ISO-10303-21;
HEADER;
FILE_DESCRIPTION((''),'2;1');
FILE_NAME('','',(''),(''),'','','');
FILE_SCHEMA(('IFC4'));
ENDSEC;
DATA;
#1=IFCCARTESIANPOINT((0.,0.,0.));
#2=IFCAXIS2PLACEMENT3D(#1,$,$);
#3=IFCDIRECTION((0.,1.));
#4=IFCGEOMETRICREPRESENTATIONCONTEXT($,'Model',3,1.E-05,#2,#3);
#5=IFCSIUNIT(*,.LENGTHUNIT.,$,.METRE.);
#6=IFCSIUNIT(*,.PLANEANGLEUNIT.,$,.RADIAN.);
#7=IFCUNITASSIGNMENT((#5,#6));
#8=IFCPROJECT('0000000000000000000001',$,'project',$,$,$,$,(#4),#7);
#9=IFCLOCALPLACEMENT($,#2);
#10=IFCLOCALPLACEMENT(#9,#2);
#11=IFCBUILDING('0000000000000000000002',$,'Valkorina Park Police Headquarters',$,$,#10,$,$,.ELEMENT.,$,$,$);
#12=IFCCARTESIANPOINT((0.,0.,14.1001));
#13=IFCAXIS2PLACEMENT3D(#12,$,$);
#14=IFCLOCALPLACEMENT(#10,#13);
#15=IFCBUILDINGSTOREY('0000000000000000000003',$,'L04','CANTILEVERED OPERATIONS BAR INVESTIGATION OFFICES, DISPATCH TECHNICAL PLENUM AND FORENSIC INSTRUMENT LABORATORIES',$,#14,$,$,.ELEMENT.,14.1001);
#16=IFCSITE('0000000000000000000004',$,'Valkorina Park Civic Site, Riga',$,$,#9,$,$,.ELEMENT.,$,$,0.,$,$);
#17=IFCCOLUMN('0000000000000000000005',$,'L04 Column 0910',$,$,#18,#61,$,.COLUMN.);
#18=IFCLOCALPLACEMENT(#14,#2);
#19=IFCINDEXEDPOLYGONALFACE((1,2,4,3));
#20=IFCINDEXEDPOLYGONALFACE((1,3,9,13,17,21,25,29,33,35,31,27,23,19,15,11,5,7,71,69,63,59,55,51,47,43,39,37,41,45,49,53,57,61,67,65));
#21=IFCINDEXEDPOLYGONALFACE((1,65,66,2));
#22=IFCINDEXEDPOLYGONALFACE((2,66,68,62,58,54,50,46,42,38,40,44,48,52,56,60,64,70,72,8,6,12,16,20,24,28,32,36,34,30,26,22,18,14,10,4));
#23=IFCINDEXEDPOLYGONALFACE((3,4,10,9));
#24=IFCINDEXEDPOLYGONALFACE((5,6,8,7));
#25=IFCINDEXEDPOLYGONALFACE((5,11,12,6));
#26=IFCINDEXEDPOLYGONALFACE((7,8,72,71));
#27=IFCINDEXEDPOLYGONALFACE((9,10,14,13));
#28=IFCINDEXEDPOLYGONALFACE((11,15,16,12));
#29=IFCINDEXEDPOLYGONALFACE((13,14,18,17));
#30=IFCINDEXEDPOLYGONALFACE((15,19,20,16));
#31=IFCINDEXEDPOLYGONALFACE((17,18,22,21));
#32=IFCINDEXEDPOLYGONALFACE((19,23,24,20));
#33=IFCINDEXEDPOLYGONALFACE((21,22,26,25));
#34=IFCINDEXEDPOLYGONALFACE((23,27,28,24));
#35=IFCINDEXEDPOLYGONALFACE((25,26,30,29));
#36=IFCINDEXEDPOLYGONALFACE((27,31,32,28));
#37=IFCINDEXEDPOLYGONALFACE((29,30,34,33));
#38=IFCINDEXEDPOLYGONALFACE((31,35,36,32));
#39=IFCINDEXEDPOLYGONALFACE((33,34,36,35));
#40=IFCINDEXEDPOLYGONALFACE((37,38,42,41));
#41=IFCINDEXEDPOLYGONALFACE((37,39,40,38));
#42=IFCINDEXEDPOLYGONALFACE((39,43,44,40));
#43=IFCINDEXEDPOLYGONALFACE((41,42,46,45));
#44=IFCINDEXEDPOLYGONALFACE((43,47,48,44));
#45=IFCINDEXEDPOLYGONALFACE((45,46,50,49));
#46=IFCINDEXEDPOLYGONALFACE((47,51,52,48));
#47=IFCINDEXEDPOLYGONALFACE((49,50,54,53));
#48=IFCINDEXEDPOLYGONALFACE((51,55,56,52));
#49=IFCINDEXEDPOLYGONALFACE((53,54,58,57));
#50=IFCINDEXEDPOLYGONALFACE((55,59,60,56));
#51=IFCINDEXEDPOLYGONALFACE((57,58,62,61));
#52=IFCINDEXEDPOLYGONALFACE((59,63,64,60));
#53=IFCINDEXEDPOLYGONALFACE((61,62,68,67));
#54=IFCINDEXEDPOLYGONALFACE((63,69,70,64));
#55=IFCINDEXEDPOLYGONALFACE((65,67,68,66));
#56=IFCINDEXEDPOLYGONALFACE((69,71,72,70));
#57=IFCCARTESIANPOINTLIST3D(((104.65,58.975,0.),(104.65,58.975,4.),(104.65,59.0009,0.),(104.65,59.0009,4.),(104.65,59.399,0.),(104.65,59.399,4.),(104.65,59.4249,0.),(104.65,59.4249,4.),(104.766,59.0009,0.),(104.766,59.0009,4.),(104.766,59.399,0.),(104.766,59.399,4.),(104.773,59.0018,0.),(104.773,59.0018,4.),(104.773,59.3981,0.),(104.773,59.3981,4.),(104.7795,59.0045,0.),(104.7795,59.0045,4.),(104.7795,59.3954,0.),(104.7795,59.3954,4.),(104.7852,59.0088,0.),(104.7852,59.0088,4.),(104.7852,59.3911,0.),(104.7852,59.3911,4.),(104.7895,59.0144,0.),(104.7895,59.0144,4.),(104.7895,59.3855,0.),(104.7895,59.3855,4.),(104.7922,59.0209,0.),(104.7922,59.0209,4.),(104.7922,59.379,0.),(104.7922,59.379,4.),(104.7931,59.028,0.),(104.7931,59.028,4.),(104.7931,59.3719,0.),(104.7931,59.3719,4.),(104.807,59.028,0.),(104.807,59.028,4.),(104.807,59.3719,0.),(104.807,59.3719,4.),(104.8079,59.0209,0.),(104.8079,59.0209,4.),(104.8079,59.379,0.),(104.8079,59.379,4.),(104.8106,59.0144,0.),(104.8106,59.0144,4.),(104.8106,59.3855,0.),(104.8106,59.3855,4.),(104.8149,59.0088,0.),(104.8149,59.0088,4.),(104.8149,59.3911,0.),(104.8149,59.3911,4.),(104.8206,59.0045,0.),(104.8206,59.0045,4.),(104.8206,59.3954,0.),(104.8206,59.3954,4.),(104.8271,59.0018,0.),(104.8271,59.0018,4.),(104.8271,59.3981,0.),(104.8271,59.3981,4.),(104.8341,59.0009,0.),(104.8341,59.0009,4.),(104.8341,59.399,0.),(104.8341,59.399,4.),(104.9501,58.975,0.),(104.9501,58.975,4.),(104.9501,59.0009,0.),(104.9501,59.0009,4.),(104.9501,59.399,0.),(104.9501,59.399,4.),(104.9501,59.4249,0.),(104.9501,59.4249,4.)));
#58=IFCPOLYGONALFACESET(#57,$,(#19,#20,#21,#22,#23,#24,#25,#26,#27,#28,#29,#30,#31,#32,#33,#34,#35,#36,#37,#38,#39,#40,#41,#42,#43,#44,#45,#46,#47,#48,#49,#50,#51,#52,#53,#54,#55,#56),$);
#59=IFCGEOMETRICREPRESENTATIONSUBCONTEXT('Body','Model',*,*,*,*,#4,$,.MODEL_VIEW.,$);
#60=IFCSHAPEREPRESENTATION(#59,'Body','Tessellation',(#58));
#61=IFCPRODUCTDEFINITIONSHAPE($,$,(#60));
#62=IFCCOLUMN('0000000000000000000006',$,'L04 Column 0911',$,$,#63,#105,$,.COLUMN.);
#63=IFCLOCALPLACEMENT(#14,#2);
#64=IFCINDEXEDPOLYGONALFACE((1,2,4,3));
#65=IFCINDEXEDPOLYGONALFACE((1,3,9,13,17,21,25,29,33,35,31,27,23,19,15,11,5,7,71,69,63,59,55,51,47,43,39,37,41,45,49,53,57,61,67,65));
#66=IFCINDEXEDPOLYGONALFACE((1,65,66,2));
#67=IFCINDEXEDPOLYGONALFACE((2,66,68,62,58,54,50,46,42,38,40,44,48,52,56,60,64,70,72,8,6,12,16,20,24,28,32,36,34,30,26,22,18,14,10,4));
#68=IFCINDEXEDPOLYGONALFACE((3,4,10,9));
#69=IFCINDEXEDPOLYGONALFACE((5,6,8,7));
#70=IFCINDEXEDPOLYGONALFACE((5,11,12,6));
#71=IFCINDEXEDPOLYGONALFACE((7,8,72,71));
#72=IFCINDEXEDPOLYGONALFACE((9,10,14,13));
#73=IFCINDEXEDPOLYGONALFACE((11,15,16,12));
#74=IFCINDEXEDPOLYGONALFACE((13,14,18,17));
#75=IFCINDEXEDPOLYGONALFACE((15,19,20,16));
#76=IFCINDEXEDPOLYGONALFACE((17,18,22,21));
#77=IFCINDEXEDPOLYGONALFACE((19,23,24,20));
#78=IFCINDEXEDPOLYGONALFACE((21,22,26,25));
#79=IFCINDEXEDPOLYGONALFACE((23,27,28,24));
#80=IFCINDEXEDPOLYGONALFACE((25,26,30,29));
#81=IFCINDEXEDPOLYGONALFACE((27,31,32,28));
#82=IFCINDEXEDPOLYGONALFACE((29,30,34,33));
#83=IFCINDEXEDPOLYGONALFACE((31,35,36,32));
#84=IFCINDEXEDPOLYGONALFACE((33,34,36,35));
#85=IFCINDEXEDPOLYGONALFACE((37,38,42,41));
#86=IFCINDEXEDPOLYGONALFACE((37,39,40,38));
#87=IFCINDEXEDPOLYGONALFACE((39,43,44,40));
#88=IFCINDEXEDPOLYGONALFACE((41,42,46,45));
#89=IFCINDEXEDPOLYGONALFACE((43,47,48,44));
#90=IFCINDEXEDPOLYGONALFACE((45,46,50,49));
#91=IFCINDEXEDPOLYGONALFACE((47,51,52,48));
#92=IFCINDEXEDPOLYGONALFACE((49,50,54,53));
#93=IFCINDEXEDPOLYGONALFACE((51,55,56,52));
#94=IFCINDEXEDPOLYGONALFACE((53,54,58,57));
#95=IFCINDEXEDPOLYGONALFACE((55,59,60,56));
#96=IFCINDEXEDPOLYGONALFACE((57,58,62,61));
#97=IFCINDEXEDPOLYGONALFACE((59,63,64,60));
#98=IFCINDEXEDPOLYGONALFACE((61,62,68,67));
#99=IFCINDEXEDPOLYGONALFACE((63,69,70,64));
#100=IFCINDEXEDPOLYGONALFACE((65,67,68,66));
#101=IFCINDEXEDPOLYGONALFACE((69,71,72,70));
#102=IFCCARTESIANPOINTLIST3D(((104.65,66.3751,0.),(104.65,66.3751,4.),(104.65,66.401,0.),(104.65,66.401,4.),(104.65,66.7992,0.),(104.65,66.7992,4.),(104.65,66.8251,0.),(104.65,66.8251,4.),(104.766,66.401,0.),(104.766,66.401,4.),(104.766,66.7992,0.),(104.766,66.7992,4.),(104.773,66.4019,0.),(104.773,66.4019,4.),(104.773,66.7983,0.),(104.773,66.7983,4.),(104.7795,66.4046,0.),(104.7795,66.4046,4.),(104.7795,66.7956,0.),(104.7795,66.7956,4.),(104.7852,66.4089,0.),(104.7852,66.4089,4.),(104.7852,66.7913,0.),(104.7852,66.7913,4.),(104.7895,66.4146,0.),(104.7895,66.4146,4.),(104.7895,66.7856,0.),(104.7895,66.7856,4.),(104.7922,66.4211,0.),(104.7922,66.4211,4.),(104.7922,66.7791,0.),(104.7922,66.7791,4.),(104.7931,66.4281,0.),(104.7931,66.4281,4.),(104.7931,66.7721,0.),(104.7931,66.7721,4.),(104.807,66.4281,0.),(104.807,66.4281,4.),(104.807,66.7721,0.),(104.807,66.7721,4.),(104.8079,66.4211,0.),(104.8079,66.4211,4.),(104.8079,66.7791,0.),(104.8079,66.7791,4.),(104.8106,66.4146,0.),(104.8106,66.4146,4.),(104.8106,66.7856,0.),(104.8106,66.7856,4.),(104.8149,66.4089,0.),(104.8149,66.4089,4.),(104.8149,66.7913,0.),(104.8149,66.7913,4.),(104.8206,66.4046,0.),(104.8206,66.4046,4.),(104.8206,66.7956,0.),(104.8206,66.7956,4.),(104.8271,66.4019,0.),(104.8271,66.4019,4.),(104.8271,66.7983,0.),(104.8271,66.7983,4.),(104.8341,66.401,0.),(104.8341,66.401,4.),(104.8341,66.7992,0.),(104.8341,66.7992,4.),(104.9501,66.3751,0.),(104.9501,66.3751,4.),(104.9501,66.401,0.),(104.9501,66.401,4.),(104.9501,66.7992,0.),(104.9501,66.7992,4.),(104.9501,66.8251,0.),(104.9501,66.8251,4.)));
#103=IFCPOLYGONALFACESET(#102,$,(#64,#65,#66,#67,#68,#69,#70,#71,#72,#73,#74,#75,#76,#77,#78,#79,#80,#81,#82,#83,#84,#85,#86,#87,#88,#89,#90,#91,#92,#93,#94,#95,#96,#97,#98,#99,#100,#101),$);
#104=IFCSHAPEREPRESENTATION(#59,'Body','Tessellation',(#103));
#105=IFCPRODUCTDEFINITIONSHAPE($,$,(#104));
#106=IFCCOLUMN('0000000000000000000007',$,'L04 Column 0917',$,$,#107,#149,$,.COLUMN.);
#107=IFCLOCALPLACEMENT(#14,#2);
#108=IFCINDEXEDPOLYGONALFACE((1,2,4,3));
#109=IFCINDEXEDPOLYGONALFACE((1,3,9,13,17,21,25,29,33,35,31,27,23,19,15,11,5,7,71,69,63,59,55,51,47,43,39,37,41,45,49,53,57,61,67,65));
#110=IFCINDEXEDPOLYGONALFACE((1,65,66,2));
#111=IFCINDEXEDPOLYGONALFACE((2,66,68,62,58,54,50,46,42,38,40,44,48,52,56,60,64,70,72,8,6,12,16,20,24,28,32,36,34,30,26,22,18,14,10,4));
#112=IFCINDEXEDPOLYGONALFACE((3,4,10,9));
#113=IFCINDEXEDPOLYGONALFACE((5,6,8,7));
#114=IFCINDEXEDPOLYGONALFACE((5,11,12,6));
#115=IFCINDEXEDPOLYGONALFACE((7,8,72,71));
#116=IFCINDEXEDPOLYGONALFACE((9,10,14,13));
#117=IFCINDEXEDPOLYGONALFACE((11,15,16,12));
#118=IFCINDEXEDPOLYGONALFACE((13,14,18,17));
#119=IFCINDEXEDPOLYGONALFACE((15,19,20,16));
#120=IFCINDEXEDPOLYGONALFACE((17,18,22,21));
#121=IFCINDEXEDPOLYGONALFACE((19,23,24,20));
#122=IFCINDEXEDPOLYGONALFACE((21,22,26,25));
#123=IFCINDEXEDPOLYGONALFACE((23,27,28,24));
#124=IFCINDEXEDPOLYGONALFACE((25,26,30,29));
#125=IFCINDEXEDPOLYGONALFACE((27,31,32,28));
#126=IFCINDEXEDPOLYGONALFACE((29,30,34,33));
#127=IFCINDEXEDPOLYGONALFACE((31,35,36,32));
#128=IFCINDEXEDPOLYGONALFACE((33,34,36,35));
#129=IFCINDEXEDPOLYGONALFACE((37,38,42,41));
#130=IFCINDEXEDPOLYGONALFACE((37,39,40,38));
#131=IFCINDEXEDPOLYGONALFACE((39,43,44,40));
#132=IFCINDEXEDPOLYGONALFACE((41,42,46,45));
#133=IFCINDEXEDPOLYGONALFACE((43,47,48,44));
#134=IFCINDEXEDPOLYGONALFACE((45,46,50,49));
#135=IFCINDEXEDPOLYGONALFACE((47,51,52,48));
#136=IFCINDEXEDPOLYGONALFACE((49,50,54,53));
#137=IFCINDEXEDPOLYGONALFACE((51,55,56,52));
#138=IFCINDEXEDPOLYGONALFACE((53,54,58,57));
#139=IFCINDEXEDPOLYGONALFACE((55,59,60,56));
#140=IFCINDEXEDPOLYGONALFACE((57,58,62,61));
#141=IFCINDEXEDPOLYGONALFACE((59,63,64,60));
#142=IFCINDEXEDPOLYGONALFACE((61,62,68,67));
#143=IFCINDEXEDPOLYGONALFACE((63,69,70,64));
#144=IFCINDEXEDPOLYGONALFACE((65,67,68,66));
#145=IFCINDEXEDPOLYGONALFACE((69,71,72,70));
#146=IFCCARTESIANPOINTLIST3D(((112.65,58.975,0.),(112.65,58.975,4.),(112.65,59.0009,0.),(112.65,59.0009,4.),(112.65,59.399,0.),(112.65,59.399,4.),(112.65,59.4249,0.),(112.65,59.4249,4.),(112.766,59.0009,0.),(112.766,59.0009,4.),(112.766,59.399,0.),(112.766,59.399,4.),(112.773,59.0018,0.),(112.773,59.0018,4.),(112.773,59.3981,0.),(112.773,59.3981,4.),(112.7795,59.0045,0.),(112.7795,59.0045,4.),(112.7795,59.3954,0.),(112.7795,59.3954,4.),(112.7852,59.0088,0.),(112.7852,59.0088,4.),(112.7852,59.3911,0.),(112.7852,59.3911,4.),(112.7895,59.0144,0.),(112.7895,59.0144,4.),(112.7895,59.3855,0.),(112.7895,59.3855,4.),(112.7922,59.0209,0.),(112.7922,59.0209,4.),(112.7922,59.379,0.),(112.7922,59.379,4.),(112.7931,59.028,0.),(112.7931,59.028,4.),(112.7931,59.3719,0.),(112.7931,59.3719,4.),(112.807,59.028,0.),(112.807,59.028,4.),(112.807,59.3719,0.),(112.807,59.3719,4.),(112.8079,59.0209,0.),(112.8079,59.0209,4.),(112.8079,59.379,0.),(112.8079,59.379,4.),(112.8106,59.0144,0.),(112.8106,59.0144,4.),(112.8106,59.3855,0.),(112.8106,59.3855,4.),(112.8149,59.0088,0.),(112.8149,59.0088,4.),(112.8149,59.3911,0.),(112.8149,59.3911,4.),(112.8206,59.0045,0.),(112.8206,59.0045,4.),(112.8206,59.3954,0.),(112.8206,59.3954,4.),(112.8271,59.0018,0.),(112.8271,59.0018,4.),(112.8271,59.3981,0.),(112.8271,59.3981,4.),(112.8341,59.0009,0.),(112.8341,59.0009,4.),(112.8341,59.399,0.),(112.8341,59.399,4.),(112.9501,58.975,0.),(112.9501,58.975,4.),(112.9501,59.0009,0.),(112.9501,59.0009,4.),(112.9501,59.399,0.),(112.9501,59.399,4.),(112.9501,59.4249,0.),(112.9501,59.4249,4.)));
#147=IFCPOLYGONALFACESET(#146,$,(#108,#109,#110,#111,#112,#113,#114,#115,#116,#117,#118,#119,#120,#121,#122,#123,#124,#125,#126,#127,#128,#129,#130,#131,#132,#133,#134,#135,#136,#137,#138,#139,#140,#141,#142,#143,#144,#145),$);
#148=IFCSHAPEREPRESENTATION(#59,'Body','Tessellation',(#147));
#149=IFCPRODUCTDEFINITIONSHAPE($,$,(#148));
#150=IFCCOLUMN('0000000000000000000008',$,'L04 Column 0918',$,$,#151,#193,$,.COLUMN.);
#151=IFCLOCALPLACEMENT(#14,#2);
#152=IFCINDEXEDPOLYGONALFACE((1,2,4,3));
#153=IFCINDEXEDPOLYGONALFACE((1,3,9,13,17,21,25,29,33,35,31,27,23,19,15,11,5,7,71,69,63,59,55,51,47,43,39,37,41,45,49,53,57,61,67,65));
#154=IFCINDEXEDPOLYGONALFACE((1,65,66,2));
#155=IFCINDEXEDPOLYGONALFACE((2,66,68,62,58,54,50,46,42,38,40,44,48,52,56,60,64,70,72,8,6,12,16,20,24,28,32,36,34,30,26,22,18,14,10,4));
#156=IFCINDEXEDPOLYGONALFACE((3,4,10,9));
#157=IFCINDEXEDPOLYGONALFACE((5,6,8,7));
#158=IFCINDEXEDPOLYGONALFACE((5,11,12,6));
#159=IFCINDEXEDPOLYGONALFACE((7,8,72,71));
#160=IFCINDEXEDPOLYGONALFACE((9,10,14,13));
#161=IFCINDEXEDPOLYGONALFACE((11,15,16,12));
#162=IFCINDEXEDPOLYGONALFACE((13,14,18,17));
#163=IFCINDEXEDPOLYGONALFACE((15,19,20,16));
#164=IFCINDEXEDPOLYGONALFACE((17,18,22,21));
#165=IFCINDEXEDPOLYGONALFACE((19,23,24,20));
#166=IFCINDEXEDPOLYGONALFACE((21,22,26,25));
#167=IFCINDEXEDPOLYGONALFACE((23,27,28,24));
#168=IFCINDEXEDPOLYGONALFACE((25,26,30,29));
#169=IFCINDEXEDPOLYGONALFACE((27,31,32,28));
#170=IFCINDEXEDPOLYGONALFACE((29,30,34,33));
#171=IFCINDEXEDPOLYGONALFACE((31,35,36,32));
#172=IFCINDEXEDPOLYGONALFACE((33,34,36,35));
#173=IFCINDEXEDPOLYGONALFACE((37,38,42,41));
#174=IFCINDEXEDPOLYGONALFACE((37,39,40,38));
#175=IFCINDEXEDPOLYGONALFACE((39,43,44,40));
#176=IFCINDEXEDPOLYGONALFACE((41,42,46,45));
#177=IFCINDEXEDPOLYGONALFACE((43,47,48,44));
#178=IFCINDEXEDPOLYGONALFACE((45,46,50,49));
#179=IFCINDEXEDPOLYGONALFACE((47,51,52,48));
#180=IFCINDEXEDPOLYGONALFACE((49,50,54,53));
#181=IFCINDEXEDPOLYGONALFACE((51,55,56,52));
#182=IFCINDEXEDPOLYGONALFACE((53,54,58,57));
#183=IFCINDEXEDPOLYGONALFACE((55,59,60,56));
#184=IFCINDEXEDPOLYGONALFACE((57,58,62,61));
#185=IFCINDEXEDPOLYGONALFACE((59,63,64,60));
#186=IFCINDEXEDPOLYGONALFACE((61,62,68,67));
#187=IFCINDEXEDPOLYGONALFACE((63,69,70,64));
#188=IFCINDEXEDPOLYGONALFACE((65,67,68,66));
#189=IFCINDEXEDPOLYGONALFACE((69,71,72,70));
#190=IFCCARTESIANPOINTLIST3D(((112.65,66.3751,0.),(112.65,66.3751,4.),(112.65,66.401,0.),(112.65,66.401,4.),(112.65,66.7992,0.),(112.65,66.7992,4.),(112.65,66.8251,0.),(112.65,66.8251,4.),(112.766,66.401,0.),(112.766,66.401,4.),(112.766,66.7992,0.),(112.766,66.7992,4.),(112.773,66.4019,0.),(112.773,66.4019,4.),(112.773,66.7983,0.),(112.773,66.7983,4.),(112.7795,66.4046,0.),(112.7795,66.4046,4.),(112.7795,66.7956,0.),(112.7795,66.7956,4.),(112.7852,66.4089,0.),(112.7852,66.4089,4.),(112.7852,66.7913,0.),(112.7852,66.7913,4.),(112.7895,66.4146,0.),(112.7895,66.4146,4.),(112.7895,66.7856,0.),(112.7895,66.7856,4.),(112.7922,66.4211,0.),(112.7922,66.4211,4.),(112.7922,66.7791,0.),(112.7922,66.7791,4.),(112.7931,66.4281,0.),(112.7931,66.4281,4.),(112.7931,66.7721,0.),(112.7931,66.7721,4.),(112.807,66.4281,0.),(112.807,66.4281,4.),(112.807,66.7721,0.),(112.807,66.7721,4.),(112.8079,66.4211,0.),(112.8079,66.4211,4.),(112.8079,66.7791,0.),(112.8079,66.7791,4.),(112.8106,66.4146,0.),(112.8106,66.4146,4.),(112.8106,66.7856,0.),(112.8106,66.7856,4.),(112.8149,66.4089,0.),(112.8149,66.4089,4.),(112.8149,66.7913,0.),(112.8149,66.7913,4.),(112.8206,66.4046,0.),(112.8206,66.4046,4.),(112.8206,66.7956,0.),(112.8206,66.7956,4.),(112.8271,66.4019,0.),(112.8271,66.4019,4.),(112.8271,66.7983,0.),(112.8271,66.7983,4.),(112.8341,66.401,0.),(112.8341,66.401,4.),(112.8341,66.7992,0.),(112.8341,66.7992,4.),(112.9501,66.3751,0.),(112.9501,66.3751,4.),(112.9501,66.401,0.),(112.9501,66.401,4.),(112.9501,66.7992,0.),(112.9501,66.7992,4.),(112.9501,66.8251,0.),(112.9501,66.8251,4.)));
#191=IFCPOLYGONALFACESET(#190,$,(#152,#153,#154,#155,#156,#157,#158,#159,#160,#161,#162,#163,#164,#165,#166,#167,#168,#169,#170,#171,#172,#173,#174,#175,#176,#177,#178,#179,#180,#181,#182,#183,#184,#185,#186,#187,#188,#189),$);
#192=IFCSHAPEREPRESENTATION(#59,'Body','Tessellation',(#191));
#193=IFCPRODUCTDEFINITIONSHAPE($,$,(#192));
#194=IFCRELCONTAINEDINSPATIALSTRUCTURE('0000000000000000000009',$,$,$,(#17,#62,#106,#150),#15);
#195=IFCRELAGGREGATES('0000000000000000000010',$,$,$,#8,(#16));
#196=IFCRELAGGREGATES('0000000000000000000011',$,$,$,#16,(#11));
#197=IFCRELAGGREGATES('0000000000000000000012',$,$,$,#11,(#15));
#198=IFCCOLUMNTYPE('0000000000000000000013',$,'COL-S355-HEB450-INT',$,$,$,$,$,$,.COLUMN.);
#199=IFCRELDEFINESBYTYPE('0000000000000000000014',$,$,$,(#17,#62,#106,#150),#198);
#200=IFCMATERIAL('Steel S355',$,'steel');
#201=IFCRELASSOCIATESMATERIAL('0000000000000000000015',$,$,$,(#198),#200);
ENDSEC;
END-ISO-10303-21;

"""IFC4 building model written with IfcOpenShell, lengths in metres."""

from ifc_helpers import new_model, si_unit, direction, frame, origin, origin_2d, place, context, subcontext, project, spatial, i_section, extrude, material, material_profile, profile_set, type_object, element, save


model = new_model("IFC4")

# Units and contexts
model_context = context("Model", 3, precision=1e-05, world=origin(), true_north=direction((0.0, 1.0)))
body_context = subcontext(model_context, "Body", "Model", "MODEL_VIEW")
ifc_project = project(units=[si_unit("LENGTHUNIT", "METRE"), si_unit("PLANEANGLEUNIT", "RADIAN")], contexts=[model_context])

# Site, building, storey
site_placement = place(None, origin())
site = spatial("IfcSite", under=ifc_project, at=site_placement, Name="Valkorina Park Civic Site, Riga", CompositionType="ELEMENT", RefElevation=0.0)
building_placement = place(site_placement, origin())
building = spatial("IfcBuilding", under=site, at=building_placement, Name="Valkorina Park Police Headquarters", CompositionType="ELEMENT")
storey_placement = place(building_placement, frame((0.0, 0.0, 14.1001)))
storey = spatial("IfcBuildingStorey", under=building, at=storey_placement, Name="L04", Description="CANTILEVERED OPERATIONS BAR INVESTIGATION OFFICES, DISPATCH TECHNICAL PLENUM AND FORENSIC INSTRUMENT LABORATORIES", CompositionType="ELEMENT", Elevation=14.1001)

# Columns
ifc_material_1 = material(Name="Steel S355", Category="steel")
ifc_material_profile_1 = material_profile(ifc_material_1, i_section(OverallWidth=0.3, OverallDepth=0.45, WebThickness=0.0139, FlangeThickness=0.0259, FilletRadius=0.0271, at=origin_2d()), Name="HEB 450")
ifc_profile_set_1 = profile_set([ifc_material_profile_1], Name="Steel S355")
column_type = type_object("IfcColumnType", Name="COL-S355-HEB450-INT", PredefinedType="COLUMN", material=ifc_profile_set_1)
for number, where, z_axis, x_axis, name in (
    (1, (104.8, 59.2, 0.0), (0.0, 0.0, 1.0), (1.0, 0.0, 0.0), "L04 Column 0910"),
    (2, (104.8, 66.6001, 0.0), (0.0, 0.0, 1.0), (1.0, 0.0, 0.0), "L04 Column 0911"),
    (3, (112.8, 59.2, 0.0), (0.0, 0.0, 1.0), (1.0, 0.0, 0.0), "L04 Column 0917"),
    (4, (112.8, 66.6001, 0.0), (0.0, 0.0, 1.0), (1.0, 0.0, 0.0), "L04 Column 0918"),
):
    element("IfcColumn", number, at=place(storey_placement, frame(where, z_axis=z_axis, x_axis=x_axis)), inside=storey, type_object=column_type, Name=name, PredefinedType="COLUMN", context=body_context, shape_type="SweptSolid", body=[
        extrude(i_section(OverallWidth=0.3, OverallDepth=0.45, WebThickness=0.0139, FlangeThickness=0.0259, FilletRadius=0.0271, at=origin_2d()), origin(), (0.0, 0.0, 1.0), 4.0),
    ])

save(model, "model.ifc")
